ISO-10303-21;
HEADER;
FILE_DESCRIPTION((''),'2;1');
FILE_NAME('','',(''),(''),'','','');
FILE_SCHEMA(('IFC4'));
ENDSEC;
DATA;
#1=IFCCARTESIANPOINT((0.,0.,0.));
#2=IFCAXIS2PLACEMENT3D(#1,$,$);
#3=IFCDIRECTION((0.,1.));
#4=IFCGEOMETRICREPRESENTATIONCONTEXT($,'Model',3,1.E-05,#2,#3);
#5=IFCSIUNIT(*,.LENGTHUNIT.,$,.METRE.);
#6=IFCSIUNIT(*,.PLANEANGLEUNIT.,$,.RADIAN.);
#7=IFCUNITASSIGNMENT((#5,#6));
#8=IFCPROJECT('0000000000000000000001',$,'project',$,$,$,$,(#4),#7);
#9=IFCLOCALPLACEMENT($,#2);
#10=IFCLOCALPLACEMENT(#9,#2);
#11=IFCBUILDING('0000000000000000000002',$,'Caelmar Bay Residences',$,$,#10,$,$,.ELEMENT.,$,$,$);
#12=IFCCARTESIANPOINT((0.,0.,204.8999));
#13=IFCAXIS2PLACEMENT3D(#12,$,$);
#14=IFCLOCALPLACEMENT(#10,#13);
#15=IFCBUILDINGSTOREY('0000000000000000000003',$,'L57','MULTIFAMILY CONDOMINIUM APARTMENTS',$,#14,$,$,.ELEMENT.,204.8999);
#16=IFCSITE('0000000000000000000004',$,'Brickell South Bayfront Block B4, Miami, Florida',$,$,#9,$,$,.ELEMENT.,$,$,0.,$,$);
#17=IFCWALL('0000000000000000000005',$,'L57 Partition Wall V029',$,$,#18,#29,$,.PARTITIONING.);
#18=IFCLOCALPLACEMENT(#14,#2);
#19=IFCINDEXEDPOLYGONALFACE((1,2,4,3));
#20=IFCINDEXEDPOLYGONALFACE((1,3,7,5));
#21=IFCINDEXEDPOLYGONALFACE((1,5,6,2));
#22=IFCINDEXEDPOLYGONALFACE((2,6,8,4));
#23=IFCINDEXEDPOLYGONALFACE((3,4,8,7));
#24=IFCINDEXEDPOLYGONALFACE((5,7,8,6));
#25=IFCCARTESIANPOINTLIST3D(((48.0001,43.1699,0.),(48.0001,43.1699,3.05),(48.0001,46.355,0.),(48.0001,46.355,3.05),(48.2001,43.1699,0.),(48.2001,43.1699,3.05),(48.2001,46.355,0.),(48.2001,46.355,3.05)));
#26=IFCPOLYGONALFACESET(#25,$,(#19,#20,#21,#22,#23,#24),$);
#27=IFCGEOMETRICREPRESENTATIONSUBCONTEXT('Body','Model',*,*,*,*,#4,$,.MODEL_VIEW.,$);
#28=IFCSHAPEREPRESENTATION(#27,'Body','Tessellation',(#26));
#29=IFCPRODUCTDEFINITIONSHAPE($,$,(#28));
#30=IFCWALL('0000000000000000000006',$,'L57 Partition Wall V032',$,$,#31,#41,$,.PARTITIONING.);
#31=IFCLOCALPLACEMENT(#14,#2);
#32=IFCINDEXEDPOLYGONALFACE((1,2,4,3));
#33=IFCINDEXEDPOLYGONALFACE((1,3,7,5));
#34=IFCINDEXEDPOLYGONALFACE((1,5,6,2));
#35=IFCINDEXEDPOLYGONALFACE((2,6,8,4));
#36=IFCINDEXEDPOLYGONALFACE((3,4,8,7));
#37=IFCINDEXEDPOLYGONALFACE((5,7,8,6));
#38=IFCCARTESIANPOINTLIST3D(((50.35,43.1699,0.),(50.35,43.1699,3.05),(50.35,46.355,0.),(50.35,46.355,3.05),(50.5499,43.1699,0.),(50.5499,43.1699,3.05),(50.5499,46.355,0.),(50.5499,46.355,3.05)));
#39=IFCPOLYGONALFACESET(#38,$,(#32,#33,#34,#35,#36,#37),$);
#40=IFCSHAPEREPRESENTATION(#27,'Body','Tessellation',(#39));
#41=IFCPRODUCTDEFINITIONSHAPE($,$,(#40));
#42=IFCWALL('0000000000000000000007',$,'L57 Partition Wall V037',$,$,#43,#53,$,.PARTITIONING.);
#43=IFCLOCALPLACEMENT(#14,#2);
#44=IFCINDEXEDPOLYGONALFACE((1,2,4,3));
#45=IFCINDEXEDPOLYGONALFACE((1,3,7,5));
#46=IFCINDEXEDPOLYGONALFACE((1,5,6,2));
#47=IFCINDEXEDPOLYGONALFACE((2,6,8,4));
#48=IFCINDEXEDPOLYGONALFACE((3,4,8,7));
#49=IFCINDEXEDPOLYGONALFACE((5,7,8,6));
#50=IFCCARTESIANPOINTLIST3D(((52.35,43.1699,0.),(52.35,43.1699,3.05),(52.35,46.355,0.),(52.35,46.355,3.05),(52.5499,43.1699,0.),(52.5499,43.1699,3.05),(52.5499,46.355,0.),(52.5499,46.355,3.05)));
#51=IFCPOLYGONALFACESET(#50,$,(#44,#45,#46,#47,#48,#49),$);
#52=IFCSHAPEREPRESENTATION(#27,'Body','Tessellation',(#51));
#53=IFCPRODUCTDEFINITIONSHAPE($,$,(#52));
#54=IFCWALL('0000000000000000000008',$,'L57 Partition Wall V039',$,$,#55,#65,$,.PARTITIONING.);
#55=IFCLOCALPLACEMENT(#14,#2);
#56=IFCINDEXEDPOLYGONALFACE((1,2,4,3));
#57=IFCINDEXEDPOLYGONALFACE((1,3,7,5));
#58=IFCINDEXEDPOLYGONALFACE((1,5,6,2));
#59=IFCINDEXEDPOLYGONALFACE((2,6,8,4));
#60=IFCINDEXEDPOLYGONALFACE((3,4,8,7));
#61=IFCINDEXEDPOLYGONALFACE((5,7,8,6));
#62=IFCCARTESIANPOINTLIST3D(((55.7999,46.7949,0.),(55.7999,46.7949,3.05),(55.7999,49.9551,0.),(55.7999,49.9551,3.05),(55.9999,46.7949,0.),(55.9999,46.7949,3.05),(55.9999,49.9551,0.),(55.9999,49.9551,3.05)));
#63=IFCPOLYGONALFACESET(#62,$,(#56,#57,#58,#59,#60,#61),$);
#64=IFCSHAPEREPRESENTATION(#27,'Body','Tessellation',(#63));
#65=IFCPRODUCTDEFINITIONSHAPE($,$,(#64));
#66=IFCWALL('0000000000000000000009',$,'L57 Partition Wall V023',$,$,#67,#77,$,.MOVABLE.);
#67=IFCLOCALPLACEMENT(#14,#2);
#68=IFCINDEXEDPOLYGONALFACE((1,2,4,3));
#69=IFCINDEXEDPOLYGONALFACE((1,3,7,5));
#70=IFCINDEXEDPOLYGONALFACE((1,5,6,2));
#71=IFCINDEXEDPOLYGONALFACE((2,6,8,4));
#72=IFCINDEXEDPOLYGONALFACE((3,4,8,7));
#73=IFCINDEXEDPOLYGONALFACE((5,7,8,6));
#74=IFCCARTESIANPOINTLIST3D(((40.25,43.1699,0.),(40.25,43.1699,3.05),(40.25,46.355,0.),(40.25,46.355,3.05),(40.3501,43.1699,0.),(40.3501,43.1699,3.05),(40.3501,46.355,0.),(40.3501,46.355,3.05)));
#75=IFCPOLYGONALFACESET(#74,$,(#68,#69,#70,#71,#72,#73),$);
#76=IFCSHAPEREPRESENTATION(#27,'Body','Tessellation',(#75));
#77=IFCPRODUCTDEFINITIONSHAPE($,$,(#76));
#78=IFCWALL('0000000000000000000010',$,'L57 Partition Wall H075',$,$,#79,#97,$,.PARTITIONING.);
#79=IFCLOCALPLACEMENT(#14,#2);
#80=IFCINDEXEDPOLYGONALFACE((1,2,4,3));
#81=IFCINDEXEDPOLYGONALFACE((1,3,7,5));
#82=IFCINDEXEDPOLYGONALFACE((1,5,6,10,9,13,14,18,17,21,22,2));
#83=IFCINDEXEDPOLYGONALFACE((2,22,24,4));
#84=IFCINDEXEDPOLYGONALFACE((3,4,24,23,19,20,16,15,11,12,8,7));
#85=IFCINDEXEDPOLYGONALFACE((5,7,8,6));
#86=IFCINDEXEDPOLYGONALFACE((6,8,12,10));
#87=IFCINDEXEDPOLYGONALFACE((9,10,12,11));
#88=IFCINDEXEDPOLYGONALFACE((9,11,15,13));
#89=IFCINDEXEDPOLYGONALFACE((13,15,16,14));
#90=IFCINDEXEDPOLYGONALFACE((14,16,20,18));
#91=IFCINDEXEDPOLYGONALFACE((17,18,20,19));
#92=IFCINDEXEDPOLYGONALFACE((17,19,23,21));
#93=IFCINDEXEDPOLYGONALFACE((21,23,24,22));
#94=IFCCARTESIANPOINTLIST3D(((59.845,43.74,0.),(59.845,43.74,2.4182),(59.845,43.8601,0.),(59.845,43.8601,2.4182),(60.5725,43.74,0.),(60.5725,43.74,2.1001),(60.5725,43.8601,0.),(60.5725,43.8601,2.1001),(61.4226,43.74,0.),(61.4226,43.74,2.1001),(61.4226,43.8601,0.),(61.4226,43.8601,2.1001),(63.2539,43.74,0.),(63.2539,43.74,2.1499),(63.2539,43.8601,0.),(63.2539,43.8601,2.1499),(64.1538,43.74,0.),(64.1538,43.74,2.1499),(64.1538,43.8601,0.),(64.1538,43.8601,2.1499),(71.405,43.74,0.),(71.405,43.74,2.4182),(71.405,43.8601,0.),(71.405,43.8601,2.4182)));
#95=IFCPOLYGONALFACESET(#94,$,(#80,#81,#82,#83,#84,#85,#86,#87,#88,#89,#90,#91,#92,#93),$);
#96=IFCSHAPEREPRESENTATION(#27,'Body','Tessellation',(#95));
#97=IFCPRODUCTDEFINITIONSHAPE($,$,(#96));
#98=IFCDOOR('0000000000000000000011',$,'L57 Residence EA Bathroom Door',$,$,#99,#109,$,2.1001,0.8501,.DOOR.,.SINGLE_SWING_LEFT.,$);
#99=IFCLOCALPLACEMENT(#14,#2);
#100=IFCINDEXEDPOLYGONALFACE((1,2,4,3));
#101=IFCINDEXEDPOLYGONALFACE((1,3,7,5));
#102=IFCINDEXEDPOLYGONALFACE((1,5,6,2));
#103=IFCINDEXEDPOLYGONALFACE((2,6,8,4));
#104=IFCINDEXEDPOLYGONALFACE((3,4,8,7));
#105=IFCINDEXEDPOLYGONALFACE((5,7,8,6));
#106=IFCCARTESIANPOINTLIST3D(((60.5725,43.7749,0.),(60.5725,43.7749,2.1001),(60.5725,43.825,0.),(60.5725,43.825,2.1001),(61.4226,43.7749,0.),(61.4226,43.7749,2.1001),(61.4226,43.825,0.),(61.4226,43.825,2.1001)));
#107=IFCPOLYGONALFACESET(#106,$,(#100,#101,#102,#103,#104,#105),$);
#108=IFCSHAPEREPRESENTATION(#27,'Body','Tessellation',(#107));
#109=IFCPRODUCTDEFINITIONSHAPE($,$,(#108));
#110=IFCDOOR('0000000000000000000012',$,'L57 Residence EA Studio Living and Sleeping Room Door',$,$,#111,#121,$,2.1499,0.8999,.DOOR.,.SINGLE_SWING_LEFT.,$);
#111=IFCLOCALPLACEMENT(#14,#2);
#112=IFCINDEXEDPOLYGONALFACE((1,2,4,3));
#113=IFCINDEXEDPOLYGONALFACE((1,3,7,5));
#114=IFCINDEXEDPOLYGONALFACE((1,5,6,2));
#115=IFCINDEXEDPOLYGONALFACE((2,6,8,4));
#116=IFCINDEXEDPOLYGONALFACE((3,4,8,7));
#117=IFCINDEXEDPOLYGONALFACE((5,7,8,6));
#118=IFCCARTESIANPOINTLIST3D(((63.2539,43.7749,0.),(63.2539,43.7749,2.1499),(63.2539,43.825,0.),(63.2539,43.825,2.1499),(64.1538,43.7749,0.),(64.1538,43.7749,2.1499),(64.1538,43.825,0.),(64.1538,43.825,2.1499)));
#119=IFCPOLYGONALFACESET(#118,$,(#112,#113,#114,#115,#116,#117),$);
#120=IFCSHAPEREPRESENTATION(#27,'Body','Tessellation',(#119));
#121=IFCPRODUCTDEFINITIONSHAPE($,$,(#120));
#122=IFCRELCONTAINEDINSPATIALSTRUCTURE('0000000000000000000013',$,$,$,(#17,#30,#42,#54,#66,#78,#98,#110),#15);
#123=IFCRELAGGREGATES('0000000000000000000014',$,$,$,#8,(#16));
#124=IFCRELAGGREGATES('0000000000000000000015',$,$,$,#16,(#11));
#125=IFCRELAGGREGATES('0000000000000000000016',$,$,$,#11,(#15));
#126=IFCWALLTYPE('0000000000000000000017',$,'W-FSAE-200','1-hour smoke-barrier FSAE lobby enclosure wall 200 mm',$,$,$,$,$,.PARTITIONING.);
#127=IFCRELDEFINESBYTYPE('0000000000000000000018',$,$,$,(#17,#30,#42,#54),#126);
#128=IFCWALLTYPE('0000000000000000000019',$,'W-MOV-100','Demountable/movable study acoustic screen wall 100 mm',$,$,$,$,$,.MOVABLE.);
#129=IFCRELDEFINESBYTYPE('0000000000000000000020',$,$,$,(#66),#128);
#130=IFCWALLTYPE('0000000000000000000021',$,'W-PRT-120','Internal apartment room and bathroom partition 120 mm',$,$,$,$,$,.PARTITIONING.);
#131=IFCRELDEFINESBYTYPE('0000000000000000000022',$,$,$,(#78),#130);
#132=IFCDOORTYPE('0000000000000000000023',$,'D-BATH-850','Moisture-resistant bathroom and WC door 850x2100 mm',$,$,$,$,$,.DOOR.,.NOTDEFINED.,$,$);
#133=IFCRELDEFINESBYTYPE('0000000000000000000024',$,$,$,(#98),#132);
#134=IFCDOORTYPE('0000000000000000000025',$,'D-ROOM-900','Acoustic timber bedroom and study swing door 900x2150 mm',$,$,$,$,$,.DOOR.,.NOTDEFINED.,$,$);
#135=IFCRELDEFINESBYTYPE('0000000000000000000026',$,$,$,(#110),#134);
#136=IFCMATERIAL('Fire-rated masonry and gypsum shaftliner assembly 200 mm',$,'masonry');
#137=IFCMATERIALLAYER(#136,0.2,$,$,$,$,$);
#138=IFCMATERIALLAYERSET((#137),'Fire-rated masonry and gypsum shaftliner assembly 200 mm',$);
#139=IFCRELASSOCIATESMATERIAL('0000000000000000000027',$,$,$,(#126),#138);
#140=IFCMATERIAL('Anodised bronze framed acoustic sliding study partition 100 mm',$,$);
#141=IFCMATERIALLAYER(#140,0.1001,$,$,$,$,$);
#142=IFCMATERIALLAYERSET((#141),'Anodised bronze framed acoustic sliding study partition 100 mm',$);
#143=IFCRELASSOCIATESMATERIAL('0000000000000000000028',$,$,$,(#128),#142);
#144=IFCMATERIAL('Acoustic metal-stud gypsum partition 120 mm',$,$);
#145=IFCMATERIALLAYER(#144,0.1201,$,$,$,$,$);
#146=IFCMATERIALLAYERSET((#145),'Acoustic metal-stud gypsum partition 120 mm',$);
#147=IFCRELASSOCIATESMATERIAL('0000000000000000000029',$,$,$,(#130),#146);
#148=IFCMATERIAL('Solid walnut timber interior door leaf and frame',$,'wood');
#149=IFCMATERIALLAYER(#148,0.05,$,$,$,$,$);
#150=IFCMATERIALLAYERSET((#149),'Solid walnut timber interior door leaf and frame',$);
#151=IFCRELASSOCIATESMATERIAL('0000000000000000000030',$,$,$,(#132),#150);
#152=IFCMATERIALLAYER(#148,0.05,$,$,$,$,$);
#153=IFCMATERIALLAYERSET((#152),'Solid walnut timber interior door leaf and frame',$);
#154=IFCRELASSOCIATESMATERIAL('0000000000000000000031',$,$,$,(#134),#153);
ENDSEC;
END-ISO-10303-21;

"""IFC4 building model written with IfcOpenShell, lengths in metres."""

from ifc_helpers import new_model, si_unit, direction, frame, frame_2d, origin, place, context, subcontext, project, spatial, rectangle, extrude, material, layer, layer_set, type_object, element, fill, save


model = new_model("IFC4")

# Units and contexts
model_context = context("Model", 3, precision=1e-05, world=origin(), true_north=direction((0.0, 1.0)))
body_context = subcontext(model_context, "Body", "Model", "MODEL_VIEW")
ifc_project = project(units=[si_unit("LENGTHUNIT", "METRE"), si_unit("PLANEANGLEUNIT", "RADIAN")], contexts=[model_context])

# Site, building, storey
site_placement = place(None, origin())
site = spatial("IfcSite", under=ifc_project, at=site_placement, Name="Brickell South Bayfront Block B4, Miami, Florida", CompositionType="ELEMENT", RefElevation=0.0)
building_placement = place(site_placement, origin())
building = spatial("IfcBuilding", under=site, at=building_placement, Name="Caelmar Bay Residences", CompositionType="ELEMENT")
storey_placement = place(building_placement, frame((0.0, 0.0, 204.8999)))
storey = spatial("IfcBuildingStorey", under=building, at=storey_placement, Name="L57", Description="MULTIFAMILY CONDOMINIUM APARTMENTS", CompositionType="ELEMENT", Elevation=204.8999)

# Walls
ifc_material_1 = material(Name="Fire-rated masonry and gypsum shaftliner assembly 200 mm", Category="masonry")
ifc_layer_1 = layer(ifc_material_1, 0.2)
ifc_layer_set_1 = layer_set([ifc_layer_1], Name="Fire-rated masonry and gypsum shaftliner assembly 200 mm")
wall_type_1 = type_object("IfcWallType", Name="W-FSAE-200", Description="1-hour smoke-barrier FSAE lobby enclosure wall 200 mm", PredefinedType="PARTITIONING", material=ifc_layer_set_1)
for number, where, z_axis, x_axis, name in (
    (1, (48.1001, 43.1699, 0.0), (0.0, 0.0, 1.0), (0.0, 1.0, 0.0), "L57 Partition Wall V029"),
    (2, (50.45, 43.1699, 0.0), (0.0, 0.0, 1.0), (0.0, 1.0, 0.0), "L57 Partition Wall V032"),
    (3, (52.45, 43.1699, 0.0), (0.0, 0.0, 1.0), (0.0, 1.0, 0.0), "L57 Partition Wall V037"),
):
    element("IfcWall", number, at=place(storey_placement, frame(where, z_axis=z_axis, x_axis=x_axis)), inside=storey, type_object=wall_type_1, Name=name, PredefinedType="PARTITIONING", context=body_context, shape_type="SweptSolid", body=[
        extrude(rectangle(XDim=3.1851, YDim=0.2, at=frame_2d((1.5925, 0.0))), origin(), (0.0, 0.0, 1.0), 3.05),
    ])
wall_1_placement = place(storey_placement, frame((55.8999, 46.7949, 0.0), z_axis=(0.0, 0.0, 1.0), x_axis=(0.0, 1.0, 0.0)))
element("IfcWall", 4, at=wall_1_placement, inside=storey, type_object=wall_type_1, Name="L57 Partition Wall V039", PredefinedType="PARTITIONING", context=body_context, shape_type="SweptSolid", body=[
    extrude(rectangle(XDim=3.1602, YDim=0.2, at=frame_2d((1.5801, 0.0))), origin(), (0.0, 0.0, 1.0), 3.05),
])
ifc_material_2 = material(Name="Anodised bronze framed acoustic sliding study partition 100 mm")
ifc_layer_2 = layer(ifc_material_2, 0.1001)
ifc_layer_set_2 = layer_set([ifc_layer_2], Name="Anodised bronze framed acoustic sliding study partition 100 mm")
wall_type_2 = type_object("IfcWallType", Name="W-MOV-100", Description="Demountable/movable study acoustic screen wall 100 mm", PredefinedType="MOVABLE", material=ifc_layer_set_2)
wall_2_placement = place(storey_placement, frame((40.3, 43.1699, 0.0), z_axis=(0.0, 0.0, 1.0), x_axis=(0.0, 1.0, 0.0)))
element("IfcWall", 5, at=wall_2_placement, inside=storey, type_object=wall_type_2, Name="L57 Partition Wall V023", PredefinedType="MOVABLE", context=body_context, shape_type="SweptSolid", body=[
    extrude(rectangle(XDim=3.1851, YDim=0.1001, at=frame_2d((1.5925, 0.0))), origin(), (0.0, 0.0, 1.0), 3.05),
])

# Wall, openings, doors
ifc_material_3 = material(Name="Acoustic metal-stud gypsum partition 120 mm")
ifc_layer_3 = layer(ifc_material_3, 0.1201)
ifc_layer_set_3 = layer_set([ifc_layer_3], Name="Acoustic metal-stud gypsum partition 120 mm")
wall_type_3 = type_object("IfcWallType", Name="W-PRT-120", Description="Internal apartment room and bathroom partition 120 mm", PredefinedType="PARTITIONING", material=ifc_layer_set_3)
wall_3_placement = place(storey_placement, frame((59.845, 43.8, 0.0), z_axis=(0.0, 0.0, 1.0), x_axis=(1.0, 0.0, 0.0)))
wall_3 = element("IfcWall", 6, at=wall_3_placement, inside=storey, type_object=wall_type_3, Name="L57 Partition Wall H075", PredefinedType="PARTITIONING", context=body_context, shape_type="SweptSolid", body=[
    extrude(rectangle(XDim=11.5601, YDim=0.1201, at=frame_2d((5.78, 0.0))), origin(), (0.0, 0.0, 1.0), 2.4182),
])
opening_1_placement = place(wall_3_placement, frame((3.4089, 0.0, 0.0)))
opening_1 = element("IfcOpeningElement", 7, at=opening_1_placement, cuts=wall_3, PredefinedType="OPENING", context=body_context, shape_type="SweptSolid", body=[
    extrude(rectangle(XDim=0.8999, YDim=2.1499, at=frame_2d((0.45, 1.075))), frame((0.0, 0.0701, 0.0), z_axis=(0.0, -1.0, 0.0), x_axis=(1.0, 0.0, 0.0)), (0.0, 0.0, 1.0), 0.1401),
])
opening_2_placement = place(wall_3_placement, frame((0.7275, 0.0, 0.0)))
opening_2 = element("IfcOpeningElement", 8, at=opening_2_placement, cuts=wall_3, PredefinedType="OPENING", context=body_context, shape_type="SweptSolid", body=[
    extrude(rectangle(XDim=0.8501, YDim=2.1001, at=frame_2d((0.425, 1.05))), frame((0.0, 0.0701, 0.0), z_axis=(0.0, -1.0, 0.0), x_axis=(1.0, 0.0, 0.0)), (0.0, 0.0, 1.0), 0.1401),
])
ifc_material_4 = material(Name="Solid walnut timber interior door leaf and frame", Category="wood")
ifc_layer_4 = layer(ifc_material_4, 0.05)
ifc_layer_set_4 = layer_set([ifc_layer_4], Name="Solid walnut timber interior door leaf and frame")
door_type_1 = type_object("IfcDoorType", Name="D-BATH-850", Description="Moisture-resistant bathroom and WC door 850x2100 mm", OperationType="NOTDEFINED", PredefinedType="DOOR", material=ifc_layer_set_4)
door_1_placement = place(opening_2_placement, origin())
door_1 = element("IfcDoor", 9, at=door_1_placement, inside=storey, type_object=door_type_1, Name="L57 Residence EA Bathroom Door", OperationType="SINGLE_SWING_LEFT", OverallHeight=2.1001, OverallWidth=0.8501, PredefinedType="DOOR", context=body_context, shape_type="SweptSolid", body=[
    extrude(rectangle(XDim=0.8501, YDim=2.1001, at=frame_2d((0.425, 1.05))), frame((0.0, 0.0249, 0.0), z_axis=(0.0, -1.0, 0.0), x_axis=(1.0, 0.0, 0.0)), (0.0, 0.0, 1.0), 0.05),
])
fill(opening_2, door_1)
ifc_layer_5 = layer(ifc_material_4, 0.05)
ifc_layer_set_5 = layer_set([ifc_layer_5], Name="Solid walnut timber interior door leaf and frame")
door_type_2 = type_object("IfcDoorType", Name="D-ROOM-900", Description="Acoustic timber bedroom and study swing door 900x2150 mm", OperationType="NOTDEFINED", PredefinedType="DOOR", material=ifc_layer_set_5)
door_2_placement = place(opening_1_placement, origin())
door_2 = element("IfcDoor", 10, at=door_2_placement, inside=storey, type_object=door_type_2, Name="L57 Residence EA Studio Living and Sleeping Room Door", OperationType="SINGLE_SWING_LEFT", OverallHeight=2.1499, OverallWidth=0.8999, PredefinedType="DOOR", context=body_context, shape_type="SweptSolid", body=[
    extrude(rectangle(XDim=0.8999, YDim=2.1499, at=frame_2d((0.45, 1.075))), frame((0.0, 0.0249, 0.0), z_axis=(0.0, -1.0, 0.0), x_axis=(1.0, 0.0, 0.0)), (0.0, 0.0, 1.0), 0.05),
])
fill(opening_1, door_2)

save(model, "model.ifc")
